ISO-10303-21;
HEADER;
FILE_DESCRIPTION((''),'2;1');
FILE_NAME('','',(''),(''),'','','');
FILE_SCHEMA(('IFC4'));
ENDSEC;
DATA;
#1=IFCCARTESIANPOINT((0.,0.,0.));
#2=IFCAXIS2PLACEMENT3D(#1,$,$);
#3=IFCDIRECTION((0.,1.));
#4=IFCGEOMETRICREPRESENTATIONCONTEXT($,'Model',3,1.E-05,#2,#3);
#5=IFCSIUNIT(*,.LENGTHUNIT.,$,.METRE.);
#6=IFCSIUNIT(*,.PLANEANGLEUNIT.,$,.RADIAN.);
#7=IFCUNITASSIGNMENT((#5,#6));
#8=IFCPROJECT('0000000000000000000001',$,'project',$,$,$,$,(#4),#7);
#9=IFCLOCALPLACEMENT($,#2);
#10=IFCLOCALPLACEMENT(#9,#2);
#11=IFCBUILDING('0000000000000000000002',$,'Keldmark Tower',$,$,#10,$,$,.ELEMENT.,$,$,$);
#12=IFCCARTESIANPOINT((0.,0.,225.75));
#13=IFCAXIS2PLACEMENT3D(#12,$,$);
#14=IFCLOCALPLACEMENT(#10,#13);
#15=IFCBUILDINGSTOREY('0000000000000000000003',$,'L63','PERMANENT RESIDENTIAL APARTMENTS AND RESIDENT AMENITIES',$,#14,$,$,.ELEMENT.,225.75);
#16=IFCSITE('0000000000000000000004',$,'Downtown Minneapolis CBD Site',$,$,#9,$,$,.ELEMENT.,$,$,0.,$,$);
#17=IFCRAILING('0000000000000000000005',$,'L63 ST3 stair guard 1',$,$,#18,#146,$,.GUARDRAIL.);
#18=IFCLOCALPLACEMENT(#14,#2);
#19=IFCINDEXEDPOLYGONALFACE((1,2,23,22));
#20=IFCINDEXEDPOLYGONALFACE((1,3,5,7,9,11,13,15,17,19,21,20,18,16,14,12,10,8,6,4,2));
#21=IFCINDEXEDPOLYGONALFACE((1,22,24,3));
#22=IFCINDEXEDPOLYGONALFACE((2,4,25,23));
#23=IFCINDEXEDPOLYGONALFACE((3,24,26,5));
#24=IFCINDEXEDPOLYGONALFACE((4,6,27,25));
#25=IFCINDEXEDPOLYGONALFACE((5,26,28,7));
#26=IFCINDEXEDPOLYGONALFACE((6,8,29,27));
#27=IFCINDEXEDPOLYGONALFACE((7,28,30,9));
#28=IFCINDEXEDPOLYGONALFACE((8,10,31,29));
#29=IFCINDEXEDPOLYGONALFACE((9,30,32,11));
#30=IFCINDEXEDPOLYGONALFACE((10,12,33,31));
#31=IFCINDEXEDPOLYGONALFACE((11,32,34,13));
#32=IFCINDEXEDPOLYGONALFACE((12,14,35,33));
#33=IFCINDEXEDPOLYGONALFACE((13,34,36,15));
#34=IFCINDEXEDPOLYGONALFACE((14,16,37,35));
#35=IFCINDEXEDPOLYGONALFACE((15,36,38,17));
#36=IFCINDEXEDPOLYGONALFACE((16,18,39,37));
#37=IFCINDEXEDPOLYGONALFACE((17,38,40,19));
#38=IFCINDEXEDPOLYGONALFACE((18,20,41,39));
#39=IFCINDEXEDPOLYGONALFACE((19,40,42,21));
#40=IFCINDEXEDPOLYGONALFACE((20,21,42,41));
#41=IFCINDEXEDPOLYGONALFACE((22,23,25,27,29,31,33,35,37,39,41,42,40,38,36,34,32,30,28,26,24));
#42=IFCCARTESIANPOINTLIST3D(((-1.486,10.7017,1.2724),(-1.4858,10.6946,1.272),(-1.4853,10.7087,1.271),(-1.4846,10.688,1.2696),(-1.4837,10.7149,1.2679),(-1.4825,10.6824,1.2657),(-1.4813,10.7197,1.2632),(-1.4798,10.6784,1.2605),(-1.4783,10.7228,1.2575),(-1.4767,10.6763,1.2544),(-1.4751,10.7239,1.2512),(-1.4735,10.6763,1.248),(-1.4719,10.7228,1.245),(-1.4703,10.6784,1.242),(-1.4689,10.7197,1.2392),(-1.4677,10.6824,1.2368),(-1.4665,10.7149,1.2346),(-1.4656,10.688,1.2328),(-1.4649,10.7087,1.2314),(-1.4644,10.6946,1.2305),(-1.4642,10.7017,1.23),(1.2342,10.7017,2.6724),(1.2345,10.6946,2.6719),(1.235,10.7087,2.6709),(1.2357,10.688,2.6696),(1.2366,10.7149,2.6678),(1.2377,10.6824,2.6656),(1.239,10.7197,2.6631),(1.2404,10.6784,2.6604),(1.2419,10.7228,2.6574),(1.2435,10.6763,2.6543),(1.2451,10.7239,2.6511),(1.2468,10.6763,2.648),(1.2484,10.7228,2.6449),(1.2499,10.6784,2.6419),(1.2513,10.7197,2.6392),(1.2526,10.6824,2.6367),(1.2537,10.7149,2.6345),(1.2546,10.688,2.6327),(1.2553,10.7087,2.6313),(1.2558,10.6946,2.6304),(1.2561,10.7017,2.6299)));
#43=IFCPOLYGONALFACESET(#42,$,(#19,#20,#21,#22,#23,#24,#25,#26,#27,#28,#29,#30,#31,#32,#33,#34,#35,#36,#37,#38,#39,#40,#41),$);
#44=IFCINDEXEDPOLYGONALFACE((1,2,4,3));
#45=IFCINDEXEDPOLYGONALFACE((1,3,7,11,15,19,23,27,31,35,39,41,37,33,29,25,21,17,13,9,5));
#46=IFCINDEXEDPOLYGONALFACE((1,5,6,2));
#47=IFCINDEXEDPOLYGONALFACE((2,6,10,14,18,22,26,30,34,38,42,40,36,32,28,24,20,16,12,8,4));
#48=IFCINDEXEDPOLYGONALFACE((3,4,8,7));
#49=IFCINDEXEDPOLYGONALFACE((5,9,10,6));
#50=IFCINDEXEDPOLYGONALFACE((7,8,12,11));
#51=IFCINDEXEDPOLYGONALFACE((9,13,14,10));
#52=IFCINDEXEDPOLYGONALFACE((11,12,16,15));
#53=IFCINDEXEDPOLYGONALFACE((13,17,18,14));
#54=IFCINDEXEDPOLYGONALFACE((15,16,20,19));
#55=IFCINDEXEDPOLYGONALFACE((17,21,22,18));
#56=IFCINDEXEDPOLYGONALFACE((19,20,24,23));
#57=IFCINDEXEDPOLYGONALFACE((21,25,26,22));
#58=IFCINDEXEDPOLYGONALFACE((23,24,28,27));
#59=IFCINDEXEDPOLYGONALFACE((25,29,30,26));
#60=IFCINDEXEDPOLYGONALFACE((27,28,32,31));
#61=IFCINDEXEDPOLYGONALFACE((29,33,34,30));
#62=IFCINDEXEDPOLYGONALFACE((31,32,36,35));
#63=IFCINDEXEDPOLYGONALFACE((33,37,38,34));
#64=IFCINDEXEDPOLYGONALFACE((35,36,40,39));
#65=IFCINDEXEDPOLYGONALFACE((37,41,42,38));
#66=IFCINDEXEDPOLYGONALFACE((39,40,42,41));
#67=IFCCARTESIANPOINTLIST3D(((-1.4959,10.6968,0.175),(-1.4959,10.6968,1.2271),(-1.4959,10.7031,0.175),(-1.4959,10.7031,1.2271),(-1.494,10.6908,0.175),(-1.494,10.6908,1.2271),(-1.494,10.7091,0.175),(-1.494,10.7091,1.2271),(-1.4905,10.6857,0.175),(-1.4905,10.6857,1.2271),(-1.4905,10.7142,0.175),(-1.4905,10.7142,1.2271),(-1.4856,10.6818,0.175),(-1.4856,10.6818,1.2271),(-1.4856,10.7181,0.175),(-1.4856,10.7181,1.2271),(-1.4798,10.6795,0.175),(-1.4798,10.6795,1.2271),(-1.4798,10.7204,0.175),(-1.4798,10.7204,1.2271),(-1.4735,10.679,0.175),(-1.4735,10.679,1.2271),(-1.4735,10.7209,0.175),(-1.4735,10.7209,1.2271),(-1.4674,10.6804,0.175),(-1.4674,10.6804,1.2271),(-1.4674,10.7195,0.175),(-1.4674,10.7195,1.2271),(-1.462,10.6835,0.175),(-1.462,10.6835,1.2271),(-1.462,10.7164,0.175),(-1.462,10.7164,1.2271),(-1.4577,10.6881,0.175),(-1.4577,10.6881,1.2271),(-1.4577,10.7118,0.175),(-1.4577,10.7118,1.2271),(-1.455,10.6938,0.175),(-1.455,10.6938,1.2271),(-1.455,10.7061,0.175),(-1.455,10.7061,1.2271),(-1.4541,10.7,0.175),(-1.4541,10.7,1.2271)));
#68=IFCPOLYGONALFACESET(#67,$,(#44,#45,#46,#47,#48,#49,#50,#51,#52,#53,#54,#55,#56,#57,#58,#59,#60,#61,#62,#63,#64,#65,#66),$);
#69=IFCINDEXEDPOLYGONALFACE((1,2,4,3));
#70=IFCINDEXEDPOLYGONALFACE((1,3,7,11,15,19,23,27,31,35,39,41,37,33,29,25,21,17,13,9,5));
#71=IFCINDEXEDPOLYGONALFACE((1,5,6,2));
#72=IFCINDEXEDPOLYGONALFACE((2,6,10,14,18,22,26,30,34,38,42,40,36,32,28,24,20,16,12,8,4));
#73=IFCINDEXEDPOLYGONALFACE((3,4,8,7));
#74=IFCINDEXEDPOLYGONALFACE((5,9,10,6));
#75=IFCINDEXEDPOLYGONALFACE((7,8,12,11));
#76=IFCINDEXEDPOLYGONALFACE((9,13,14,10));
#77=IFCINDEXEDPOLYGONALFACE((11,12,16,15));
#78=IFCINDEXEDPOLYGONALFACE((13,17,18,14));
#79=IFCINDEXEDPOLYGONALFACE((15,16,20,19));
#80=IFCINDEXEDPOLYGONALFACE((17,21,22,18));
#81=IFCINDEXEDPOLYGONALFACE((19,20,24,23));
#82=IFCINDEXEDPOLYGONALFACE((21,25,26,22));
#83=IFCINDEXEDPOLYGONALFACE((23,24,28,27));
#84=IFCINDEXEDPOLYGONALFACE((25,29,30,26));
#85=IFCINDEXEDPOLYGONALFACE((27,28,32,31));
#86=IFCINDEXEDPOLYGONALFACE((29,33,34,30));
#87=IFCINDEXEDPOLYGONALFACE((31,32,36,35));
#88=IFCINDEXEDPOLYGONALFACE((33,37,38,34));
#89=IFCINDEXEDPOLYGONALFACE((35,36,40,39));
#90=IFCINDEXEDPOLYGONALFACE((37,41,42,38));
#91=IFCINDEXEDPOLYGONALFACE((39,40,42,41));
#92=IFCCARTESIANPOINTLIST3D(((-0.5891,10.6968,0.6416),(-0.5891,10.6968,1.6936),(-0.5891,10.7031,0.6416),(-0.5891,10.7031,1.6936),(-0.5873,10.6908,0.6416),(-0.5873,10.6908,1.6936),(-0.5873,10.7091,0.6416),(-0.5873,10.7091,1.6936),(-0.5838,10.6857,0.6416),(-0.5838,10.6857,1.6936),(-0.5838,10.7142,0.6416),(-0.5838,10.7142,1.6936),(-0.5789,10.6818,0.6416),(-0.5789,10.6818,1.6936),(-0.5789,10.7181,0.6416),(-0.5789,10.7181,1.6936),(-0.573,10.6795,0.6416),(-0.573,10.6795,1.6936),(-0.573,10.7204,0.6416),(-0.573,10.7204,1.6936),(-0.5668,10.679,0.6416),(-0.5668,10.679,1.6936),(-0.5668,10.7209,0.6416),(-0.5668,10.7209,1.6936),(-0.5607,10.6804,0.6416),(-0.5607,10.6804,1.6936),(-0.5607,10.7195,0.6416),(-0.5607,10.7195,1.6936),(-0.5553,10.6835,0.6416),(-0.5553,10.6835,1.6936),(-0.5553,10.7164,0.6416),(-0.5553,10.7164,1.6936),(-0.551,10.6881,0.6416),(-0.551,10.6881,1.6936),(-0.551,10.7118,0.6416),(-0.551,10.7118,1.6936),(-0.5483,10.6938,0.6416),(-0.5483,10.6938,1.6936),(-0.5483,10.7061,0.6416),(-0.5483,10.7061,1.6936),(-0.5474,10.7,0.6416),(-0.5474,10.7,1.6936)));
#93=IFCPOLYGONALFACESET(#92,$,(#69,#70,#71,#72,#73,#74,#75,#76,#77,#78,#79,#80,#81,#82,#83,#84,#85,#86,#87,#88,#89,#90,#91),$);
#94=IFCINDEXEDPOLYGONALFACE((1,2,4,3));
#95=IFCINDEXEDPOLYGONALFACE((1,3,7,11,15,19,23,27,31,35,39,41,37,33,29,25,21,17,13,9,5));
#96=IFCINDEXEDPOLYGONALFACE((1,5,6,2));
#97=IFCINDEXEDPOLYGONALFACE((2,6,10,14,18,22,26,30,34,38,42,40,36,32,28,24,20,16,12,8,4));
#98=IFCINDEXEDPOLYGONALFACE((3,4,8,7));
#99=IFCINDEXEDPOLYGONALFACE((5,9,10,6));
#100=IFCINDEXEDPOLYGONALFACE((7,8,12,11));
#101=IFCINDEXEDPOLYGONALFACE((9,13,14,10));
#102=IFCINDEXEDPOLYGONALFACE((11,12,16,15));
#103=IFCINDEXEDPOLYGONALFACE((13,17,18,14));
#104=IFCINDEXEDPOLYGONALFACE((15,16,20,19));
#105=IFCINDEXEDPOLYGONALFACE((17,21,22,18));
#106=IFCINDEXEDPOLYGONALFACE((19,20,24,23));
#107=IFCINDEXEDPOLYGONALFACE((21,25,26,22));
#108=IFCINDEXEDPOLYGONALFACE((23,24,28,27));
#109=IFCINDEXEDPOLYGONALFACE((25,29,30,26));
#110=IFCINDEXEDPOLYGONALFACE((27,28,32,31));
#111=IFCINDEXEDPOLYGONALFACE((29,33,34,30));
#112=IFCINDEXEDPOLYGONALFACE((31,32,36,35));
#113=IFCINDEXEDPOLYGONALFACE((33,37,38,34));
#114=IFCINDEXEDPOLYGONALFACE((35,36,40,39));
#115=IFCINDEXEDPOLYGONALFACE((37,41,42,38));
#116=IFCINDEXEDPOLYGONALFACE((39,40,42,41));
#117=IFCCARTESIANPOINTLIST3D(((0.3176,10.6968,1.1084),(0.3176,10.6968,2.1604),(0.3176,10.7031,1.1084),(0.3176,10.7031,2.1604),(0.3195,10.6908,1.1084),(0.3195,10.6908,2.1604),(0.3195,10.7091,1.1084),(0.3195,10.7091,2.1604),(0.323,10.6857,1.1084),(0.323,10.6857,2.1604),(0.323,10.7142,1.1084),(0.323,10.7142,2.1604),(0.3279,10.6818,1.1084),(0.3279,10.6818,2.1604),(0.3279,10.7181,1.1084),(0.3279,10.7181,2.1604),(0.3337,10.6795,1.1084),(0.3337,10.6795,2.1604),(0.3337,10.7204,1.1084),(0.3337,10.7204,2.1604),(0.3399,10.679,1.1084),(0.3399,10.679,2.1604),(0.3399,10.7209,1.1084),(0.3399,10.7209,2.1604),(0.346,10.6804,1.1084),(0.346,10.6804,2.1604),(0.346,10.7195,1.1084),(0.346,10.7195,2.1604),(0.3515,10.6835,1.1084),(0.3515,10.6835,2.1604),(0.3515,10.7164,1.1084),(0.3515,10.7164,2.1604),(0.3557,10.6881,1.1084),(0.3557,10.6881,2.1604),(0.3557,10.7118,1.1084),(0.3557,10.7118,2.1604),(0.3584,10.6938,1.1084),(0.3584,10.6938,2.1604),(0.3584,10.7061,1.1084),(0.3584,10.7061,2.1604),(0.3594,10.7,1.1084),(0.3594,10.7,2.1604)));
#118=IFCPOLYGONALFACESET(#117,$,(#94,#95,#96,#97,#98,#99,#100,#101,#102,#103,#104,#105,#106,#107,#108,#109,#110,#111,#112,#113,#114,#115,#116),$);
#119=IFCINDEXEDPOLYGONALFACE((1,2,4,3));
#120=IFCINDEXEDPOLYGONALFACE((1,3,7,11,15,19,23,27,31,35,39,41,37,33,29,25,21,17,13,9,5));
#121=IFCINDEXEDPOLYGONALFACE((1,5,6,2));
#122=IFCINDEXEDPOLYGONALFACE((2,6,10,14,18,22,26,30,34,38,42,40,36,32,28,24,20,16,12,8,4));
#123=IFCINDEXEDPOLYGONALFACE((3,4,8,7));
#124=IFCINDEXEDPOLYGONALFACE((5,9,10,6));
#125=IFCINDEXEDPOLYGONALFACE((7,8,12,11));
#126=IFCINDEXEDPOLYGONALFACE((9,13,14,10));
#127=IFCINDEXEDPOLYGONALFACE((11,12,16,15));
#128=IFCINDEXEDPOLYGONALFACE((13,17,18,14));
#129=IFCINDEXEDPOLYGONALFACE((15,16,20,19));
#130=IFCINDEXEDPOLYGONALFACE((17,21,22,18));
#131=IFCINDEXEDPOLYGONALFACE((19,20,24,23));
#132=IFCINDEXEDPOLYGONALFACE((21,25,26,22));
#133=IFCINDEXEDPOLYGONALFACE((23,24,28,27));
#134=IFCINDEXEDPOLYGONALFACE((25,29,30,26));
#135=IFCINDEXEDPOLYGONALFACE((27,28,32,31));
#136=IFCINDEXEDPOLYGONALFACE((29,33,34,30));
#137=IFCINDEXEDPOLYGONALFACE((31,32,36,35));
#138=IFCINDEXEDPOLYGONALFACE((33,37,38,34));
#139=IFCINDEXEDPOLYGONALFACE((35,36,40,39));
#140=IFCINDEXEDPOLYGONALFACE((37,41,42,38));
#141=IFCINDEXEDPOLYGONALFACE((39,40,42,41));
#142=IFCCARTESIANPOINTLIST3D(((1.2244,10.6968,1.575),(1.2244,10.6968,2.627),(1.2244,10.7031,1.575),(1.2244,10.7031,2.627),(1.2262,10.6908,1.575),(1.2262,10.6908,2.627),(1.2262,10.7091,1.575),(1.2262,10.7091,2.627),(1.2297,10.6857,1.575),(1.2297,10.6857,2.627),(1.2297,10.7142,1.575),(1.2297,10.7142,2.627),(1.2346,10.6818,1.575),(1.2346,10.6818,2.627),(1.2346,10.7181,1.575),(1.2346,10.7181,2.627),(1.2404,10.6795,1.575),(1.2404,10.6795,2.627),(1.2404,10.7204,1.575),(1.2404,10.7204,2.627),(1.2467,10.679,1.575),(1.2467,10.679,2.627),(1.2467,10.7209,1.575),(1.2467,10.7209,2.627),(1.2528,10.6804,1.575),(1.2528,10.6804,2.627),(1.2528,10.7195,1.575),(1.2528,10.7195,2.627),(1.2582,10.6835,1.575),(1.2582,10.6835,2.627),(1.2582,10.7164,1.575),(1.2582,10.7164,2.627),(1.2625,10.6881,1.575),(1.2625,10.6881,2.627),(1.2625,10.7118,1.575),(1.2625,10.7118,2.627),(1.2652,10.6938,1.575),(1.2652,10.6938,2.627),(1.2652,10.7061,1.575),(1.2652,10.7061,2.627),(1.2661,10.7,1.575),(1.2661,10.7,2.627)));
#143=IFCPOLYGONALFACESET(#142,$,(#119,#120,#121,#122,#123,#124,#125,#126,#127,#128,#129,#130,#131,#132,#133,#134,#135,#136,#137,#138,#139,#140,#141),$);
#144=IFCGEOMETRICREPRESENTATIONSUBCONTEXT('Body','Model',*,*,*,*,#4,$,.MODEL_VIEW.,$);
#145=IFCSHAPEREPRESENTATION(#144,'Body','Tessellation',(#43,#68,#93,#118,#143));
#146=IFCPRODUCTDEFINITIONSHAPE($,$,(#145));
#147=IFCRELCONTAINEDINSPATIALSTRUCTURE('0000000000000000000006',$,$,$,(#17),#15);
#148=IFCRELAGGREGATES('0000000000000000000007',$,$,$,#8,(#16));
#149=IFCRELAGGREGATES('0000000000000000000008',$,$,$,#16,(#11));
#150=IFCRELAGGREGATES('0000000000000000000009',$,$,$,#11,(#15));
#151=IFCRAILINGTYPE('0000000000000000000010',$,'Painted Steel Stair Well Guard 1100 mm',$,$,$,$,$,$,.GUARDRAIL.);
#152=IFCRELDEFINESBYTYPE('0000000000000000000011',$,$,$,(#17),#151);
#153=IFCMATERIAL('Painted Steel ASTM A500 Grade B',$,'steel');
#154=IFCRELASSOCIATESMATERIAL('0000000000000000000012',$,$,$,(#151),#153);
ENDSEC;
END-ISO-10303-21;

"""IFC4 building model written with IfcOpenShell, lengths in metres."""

from ifc_helpers import new_model, si_unit, direction, frame, origin, origin_2d, place, context, subcontext, project, spatial, circle, extrude, material, type_object, element, save


model = new_model("IFC4")

# Units and contexts
model_context = context("Model", 3, precision=1e-05, world=origin(), true_north=direction((0.0, 1.0)))
body_context = subcontext(model_context, "Body", "Model", "MODEL_VIEW")
ifc_project = project(units=[si_unit("LENGTHUNIT", "METRE"), si_unit("PLANEANGLEUNIT", "RADIAN")], contexts=[model_context])

# Site, building, storey
site_placement = place(None, origin())
site = spatial("IfcSite", under=ifc_project, at=site_placement, Name="Downtown Minneapolis CBD Site", CompositionType="ELEMENT", RefElevation=0.0)
building_placement = place(site_placement, origin())
building = spatial("IfcBuilding", under=site, at=building_placement, Name="Keldmark Tower", CompositionType="ELEMENT")
storey_placement = place(building_placement, frame((0.0, 0.0, 225.75)))
storey = spatial("IfcBuildingStorey", under=building, at=storey_placement, Name="L63", Description="PERMANENT RESIDENTIAL APARTMENTS AND RESIDENT AMENITIES", CompositionType="ELEMENT", Elevation=225.75)

# Railing
ifc_material_1 = material(Name="Painted Steel ASTM A500 Grade B", Category="steel")
railing_type_1 = type_object("IfcRailingType", Name="Painted Steel Stair Well Guard 1100 mm", PredefinedType="GUARDRAIL", material=ifc_material_1)
railing_1_placement = place(storey_placement, frame((-1.4751, 10.7, 0.175)))
element("IfcRailing", 1, at=railing_1_placement, inside=storey, type_object=railing_type_1, Name="L63 ST3 stair guard 1", PredefinedType="GUARDRAIL", context=body_context, shape_type="SweptSolid", body=[
    extrude(circle(Radius=0.0239, at=origin_2d()), frame((0.0, 0.0, 1.0762), z_axis=(0.889164, 0.0, 0.45759), x_axis=(0.0, 1.0, 0.0)), (0.0, 0.0, 1.0), 3.0593),
    extrude(circle(Radius=0.021, at=origin_2d()), origin(), (0.0, 0.0, 1.0), 1.052),
    extrude(circle(Radius=0.021, at=origin_2d()), frame((0.9067, 0.0, 0.4666)), (0.0, 0.0, 1.0), 1.052),
    extrude(circle(Radius=0.021, at=origin_2d()), frame((1.8135, 0.0, 0.9333)), (0.0, 0.0, 1.0), 1.052),
    extrude(circle(Radius=0.021, at=origin_2d()), frame((2.7202, 0.0, 1.3999)), (0.0, 0.0, 1.0), 1.052),
])

save(model, "model.ifc")
